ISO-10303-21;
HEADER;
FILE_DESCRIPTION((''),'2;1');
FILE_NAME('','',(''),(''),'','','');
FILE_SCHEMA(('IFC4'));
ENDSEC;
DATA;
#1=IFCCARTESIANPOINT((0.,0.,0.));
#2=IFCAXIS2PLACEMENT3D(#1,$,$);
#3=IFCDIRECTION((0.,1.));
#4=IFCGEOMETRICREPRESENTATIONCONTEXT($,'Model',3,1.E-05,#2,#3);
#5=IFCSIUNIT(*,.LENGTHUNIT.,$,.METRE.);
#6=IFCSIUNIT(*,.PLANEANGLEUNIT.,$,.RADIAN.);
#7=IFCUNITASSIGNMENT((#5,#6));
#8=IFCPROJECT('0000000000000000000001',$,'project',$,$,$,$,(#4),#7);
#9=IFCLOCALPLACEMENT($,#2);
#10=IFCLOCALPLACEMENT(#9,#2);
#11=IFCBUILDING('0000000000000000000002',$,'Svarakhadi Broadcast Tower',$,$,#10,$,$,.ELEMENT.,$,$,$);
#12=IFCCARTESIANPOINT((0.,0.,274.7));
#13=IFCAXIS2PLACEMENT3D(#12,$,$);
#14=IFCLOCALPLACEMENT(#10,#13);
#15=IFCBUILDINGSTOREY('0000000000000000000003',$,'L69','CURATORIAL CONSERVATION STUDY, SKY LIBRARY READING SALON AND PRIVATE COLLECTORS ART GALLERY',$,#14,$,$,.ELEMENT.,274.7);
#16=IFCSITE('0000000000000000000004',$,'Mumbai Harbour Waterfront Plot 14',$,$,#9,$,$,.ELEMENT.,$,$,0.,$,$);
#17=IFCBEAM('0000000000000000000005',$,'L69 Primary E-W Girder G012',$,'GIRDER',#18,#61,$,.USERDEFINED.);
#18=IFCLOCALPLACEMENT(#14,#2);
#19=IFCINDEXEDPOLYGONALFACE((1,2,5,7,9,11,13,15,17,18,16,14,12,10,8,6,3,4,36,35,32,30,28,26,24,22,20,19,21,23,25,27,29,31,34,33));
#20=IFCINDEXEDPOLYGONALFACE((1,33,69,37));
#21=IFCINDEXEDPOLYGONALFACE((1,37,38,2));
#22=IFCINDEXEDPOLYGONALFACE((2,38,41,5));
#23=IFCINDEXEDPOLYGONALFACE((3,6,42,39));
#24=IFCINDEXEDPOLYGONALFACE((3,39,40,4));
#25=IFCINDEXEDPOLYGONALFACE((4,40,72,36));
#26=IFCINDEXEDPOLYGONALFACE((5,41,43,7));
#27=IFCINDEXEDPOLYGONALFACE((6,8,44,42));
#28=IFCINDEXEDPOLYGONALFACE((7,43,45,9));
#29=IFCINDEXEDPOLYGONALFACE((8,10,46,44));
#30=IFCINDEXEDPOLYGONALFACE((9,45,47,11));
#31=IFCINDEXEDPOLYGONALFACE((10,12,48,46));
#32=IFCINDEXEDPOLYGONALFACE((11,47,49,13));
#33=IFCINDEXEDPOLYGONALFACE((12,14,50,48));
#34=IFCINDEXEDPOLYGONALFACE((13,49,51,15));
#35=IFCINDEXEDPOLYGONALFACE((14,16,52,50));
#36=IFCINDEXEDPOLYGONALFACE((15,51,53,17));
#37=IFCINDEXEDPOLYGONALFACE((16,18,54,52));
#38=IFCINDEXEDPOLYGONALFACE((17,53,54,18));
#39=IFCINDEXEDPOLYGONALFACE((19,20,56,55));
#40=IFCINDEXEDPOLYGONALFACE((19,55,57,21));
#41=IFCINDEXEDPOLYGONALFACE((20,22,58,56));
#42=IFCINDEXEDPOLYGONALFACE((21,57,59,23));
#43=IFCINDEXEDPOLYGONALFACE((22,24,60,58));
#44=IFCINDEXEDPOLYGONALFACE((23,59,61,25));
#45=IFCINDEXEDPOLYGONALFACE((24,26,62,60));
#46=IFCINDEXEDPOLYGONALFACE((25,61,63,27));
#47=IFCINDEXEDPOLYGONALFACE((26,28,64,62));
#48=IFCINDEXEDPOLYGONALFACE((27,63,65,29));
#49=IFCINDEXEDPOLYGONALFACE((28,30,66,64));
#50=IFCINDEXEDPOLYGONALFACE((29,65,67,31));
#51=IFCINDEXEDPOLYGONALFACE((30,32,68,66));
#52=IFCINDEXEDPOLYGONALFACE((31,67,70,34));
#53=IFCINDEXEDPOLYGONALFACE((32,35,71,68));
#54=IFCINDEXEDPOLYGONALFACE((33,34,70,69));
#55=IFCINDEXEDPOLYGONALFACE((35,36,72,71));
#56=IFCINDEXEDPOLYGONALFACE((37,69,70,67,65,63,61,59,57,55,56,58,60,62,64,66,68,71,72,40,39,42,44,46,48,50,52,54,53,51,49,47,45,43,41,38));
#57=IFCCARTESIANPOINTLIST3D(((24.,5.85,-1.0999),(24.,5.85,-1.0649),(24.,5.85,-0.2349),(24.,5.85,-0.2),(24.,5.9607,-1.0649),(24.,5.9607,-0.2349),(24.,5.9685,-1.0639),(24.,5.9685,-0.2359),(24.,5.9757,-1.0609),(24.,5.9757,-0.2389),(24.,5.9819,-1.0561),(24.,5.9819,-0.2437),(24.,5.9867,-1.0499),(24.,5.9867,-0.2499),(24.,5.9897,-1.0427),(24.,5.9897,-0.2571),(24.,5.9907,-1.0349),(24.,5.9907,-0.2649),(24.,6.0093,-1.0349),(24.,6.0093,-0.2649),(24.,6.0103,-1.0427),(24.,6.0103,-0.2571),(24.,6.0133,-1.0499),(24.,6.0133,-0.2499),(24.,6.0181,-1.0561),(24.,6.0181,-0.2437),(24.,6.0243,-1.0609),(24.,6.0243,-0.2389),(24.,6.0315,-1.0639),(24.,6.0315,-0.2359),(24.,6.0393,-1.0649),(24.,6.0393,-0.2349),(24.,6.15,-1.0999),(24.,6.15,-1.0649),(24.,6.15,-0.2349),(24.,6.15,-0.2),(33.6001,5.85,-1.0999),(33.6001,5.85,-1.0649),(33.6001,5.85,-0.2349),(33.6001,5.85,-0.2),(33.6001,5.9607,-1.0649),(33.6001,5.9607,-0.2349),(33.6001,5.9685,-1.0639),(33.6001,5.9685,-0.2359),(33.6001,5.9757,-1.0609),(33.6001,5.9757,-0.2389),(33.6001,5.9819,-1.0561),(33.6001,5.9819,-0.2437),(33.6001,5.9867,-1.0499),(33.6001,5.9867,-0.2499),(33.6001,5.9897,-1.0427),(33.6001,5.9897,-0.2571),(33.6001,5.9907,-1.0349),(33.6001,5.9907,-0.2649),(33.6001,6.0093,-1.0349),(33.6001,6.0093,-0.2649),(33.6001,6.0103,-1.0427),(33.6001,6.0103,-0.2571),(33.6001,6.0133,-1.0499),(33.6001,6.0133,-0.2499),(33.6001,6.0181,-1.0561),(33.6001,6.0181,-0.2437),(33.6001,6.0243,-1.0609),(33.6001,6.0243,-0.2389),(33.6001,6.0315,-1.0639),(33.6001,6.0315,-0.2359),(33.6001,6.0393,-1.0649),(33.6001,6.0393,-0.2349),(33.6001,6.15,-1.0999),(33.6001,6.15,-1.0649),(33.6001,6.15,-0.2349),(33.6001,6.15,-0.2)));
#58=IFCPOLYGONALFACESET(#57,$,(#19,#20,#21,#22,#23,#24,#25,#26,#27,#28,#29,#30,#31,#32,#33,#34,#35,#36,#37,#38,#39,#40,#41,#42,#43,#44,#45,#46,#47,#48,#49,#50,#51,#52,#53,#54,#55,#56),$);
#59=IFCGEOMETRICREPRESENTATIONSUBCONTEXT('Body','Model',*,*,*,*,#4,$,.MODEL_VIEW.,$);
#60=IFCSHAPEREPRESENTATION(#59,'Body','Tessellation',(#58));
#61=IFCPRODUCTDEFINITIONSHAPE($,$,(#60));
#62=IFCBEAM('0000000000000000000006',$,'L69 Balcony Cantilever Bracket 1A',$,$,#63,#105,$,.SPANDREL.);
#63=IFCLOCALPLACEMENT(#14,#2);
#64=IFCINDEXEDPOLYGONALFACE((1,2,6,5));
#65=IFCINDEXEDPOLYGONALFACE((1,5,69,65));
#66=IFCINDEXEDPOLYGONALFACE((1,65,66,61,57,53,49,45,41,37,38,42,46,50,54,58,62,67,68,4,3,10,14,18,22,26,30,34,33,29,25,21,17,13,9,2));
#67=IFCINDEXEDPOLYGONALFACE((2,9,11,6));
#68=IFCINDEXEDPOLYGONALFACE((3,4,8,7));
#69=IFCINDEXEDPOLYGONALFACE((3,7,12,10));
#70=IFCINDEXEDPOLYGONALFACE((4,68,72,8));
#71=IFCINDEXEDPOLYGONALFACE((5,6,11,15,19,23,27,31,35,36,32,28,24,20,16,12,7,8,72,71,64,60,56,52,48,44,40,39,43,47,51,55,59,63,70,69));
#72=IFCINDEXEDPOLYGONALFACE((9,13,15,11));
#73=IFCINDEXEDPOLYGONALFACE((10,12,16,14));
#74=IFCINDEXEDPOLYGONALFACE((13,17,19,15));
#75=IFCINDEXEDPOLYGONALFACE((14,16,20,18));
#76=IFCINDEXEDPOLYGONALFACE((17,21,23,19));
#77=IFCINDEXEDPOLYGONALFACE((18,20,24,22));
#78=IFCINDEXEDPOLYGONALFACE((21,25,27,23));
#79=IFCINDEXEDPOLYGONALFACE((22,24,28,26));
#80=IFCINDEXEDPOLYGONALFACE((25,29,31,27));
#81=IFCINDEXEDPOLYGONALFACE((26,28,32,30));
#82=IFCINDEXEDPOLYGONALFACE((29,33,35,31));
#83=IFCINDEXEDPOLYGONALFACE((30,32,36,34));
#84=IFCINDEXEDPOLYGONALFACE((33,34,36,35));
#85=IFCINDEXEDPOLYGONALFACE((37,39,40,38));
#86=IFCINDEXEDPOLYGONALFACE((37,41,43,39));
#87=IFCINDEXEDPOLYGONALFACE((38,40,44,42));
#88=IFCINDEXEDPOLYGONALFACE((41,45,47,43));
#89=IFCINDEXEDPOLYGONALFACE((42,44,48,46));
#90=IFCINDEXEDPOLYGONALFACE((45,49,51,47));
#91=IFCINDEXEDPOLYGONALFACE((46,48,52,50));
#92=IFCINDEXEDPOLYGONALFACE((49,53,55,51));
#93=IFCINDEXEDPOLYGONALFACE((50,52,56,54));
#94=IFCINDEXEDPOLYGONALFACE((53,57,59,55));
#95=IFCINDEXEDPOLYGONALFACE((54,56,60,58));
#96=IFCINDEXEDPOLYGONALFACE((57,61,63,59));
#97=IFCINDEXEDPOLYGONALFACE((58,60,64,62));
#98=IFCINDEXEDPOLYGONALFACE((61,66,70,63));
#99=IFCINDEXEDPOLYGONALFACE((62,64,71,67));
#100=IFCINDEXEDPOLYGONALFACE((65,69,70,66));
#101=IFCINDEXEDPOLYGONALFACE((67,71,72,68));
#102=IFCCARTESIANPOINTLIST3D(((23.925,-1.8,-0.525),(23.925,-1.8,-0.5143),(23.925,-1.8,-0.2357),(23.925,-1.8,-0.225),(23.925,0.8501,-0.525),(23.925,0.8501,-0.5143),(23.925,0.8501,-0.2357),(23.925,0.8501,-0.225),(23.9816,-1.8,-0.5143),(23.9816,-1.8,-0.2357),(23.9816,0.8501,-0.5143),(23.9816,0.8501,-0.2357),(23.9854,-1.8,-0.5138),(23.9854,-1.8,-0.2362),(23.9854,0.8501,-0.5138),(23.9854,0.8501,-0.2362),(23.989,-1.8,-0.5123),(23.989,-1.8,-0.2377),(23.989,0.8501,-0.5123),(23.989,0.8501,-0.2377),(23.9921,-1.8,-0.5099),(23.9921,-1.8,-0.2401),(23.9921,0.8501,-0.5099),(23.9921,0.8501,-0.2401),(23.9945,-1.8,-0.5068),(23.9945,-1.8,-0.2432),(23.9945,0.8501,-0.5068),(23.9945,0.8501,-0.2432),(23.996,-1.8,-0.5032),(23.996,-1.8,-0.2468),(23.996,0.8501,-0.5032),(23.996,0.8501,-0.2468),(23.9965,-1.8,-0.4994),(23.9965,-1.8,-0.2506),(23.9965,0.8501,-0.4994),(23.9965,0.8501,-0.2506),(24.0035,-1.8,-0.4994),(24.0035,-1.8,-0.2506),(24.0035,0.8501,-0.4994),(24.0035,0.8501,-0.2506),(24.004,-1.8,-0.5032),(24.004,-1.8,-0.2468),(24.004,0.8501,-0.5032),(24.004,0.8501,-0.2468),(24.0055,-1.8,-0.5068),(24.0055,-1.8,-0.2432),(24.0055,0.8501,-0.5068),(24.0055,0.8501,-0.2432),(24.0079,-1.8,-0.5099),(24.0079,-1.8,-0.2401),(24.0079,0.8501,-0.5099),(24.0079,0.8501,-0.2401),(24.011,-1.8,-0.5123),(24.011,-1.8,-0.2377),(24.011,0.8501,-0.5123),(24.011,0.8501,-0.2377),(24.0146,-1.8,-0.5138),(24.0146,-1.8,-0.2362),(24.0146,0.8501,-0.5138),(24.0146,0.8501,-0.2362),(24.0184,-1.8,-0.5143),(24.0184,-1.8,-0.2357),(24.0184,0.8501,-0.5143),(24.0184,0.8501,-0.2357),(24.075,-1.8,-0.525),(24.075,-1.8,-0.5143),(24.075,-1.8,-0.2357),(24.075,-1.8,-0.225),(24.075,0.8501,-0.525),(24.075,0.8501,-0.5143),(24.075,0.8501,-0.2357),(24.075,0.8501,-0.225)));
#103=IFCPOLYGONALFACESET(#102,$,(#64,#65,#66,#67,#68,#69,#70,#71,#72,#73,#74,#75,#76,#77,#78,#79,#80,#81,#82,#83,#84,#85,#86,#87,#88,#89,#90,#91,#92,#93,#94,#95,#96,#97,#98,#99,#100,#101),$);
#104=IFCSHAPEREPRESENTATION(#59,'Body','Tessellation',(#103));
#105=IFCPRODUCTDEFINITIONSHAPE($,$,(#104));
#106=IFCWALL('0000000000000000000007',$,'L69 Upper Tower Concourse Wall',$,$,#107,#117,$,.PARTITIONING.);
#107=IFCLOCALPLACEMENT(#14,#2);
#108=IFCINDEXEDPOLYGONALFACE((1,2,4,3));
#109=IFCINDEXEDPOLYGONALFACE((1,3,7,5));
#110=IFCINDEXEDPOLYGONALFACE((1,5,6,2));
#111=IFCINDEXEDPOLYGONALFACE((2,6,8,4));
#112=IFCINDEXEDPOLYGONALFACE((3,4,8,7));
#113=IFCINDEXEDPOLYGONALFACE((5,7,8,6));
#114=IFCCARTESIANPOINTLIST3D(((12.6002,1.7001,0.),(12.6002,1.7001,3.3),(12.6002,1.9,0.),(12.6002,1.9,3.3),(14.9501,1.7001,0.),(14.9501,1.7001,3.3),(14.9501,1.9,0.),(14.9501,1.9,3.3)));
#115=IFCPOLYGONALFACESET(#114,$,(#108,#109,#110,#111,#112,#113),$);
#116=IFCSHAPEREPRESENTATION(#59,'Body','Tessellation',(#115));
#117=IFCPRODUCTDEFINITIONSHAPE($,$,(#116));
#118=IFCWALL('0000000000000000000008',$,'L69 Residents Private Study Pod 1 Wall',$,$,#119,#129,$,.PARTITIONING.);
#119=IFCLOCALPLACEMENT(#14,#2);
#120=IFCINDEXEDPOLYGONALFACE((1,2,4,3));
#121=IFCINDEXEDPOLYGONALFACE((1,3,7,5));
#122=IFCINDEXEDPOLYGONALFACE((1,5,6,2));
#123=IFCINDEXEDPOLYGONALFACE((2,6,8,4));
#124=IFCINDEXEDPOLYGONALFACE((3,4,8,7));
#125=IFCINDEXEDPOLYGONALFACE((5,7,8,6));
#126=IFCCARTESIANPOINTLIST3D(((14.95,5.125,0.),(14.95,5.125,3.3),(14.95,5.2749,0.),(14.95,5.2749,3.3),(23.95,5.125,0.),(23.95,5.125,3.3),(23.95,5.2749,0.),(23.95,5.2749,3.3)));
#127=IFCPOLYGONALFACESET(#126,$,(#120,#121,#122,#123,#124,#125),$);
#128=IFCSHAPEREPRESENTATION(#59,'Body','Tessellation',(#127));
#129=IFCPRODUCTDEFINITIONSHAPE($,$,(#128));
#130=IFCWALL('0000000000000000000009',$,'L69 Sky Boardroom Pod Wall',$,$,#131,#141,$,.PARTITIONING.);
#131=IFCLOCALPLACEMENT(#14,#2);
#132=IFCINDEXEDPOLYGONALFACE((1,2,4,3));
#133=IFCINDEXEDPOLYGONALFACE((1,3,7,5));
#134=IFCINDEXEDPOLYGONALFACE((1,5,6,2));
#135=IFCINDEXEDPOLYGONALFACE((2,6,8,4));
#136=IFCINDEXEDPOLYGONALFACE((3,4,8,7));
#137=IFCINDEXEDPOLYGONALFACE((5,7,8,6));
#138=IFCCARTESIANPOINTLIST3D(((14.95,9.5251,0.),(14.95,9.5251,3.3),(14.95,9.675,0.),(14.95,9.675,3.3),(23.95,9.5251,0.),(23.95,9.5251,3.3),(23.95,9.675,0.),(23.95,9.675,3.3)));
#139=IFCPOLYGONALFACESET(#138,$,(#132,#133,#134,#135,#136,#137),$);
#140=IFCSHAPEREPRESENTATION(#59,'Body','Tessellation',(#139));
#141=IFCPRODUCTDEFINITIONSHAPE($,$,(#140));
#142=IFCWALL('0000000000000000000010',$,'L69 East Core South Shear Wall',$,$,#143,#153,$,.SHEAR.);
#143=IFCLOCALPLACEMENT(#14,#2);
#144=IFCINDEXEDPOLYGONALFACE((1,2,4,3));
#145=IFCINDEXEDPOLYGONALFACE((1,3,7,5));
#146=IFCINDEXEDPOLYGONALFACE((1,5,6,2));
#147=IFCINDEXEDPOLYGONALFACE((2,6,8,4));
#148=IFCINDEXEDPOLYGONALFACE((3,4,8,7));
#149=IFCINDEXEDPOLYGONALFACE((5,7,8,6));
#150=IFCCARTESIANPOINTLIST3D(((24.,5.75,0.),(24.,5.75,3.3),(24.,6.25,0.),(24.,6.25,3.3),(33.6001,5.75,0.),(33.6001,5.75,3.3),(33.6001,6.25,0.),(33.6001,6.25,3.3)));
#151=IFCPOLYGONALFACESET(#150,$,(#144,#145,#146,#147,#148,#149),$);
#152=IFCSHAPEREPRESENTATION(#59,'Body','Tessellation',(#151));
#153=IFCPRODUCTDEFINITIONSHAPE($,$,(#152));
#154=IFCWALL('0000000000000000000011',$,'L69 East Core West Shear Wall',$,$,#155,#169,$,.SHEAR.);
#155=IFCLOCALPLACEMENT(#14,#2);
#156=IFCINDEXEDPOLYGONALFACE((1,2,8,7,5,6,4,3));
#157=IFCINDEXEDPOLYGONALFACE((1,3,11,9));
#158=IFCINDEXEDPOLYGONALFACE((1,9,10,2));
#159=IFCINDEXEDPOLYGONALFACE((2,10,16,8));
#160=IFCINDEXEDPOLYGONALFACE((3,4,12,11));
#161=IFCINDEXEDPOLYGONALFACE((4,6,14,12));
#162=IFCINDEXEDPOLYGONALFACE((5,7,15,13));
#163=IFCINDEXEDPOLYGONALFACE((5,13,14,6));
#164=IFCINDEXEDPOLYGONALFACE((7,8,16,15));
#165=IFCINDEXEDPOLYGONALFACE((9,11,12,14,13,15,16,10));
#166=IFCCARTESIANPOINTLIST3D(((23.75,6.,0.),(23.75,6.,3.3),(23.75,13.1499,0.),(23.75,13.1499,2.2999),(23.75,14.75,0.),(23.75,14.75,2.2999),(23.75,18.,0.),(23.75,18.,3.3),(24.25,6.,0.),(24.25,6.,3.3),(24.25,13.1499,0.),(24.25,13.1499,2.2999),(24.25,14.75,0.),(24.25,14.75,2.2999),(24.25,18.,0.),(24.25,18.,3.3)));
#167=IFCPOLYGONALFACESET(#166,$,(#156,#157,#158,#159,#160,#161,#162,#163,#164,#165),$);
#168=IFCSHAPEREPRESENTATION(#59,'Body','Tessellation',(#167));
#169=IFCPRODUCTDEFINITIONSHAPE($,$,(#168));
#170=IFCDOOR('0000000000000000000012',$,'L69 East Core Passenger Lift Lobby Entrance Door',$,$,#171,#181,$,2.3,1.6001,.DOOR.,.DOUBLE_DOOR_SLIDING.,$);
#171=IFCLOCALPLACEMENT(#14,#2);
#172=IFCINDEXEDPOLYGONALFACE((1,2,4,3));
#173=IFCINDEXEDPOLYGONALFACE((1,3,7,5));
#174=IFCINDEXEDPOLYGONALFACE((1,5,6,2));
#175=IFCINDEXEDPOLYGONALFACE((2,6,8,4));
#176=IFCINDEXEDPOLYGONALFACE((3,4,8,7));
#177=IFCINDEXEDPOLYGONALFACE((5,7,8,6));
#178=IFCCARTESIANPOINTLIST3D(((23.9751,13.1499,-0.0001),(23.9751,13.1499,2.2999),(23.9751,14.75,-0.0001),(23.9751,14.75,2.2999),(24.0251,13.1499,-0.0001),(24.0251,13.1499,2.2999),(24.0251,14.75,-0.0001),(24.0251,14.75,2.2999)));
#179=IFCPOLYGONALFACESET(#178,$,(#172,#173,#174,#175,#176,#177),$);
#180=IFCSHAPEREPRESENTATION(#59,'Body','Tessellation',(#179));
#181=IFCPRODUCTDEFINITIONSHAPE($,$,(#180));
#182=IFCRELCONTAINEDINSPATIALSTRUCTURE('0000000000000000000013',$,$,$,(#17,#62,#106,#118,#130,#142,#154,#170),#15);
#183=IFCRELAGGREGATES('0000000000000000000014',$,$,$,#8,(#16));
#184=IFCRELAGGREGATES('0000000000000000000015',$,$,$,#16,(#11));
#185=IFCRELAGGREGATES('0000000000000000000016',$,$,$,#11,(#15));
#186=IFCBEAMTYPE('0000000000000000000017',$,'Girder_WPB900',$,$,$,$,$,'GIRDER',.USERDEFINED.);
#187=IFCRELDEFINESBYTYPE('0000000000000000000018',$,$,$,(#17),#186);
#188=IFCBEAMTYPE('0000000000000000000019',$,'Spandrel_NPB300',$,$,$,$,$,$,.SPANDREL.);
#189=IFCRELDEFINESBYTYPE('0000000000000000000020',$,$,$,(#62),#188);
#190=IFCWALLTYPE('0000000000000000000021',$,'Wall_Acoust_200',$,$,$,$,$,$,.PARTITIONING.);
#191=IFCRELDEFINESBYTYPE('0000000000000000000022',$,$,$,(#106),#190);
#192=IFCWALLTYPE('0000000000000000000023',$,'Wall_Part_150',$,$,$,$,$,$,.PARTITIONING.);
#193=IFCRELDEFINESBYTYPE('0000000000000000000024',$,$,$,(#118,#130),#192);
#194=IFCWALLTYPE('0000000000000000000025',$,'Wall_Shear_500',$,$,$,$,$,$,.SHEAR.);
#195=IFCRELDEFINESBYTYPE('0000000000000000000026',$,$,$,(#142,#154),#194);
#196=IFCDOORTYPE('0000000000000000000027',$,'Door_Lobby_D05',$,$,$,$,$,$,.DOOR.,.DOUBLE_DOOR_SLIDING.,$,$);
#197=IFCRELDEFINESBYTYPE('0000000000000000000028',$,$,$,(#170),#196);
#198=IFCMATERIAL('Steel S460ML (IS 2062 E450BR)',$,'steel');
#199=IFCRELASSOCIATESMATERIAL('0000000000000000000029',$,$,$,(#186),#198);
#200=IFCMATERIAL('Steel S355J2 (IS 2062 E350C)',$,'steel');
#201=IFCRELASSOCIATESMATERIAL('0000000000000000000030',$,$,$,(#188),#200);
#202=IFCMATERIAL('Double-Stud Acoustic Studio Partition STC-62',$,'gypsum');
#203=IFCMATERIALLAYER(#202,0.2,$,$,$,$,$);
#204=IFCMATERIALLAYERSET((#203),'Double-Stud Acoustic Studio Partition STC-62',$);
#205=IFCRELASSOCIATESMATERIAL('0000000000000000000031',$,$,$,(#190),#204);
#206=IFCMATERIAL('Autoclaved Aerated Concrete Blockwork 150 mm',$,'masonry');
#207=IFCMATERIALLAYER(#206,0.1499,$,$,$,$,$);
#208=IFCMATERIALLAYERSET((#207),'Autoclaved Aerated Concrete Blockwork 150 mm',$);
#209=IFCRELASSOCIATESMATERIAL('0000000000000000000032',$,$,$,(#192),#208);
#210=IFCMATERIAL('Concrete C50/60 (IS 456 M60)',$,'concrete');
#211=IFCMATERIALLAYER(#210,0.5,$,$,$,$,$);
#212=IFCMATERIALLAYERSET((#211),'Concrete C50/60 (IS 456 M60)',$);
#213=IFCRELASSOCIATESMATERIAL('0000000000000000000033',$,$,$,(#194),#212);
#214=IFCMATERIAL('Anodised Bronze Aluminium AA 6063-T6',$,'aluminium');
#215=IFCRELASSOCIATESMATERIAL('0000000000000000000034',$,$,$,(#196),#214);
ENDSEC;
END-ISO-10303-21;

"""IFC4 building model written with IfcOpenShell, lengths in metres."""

from ifc_helpers import new_model, si_unit, direction, frame, frame_2d, origin, origin_2d, place, context, subcontext, project, spatial, rectangle, i_section, extrude, material, layer, layer_set, material_profile, profile_set, type_object, element, fill, save


model = new_model("IFC4")

# Units and contexts
model_context = context("Model", 3, precision=1e-05, world=origin(), true_north=direction((0.0, 1.0)))
body_context = subcontext(model_context, "Body", "Model", "MODEL_VIEW")
ifc_project = project(units=[si_unit("LENGTHUNIT", "METRE"), si_unit("PLANEANGLEUNIT", "RADIAN")], contexts=[model_context])

# Site, building, storey
site_placement = place(None, origin())
site = spatial("IfcSite", under=ifc_project, at=site_placement, Name="Mumbai Harbour Waterfront Plot 14", CompositionType="ELEMENT", RefElevation=0.0)
building_placement = place(site_placement, origin())
building = spatial("IfcBuilding", under=site, at=building_placement, Name="Svarakhadi Broadcast Tower", CompositionType="ELEMENT")
storey_placement = place(building_placement, frame((0.0, 0.0, 274.7)))
storey = spatial("IfcBuildingStorey", under=building, at=storey_placement, Name="L69", Description="CURATORIAL CONSERVATION STUDY, SKY LIBRARY READING SALON AND PRIVATE COLLECTORS ART GALLERY", CompositionType="ELEMENT", Elevation=274.7)

# Shared definitions
ifc_material_1 = material(Name="Concrete C50/60 (IS 456 M60)", Category="concrete")
ifc_material_2 = material(Name="Steel S460ML (IS 2062 E450BR)", Category="steel")

# Beams
ifc_material_3 = material(Name="Steel S355J2 (IS 2062 E350C)", Category="steel")
ifc_material_profile_1 = material_profile(ifc_material_2, i_section(OverallWidth=0.3, OverallDepth=0.8999, WebThickness=0.0186, FlangeThickness=0.0349, FilletRadius=0.03, at=origin_2d()), Name="WPB 900x300x291")
ifc_profile_set_1 = profile_set([ifc_material_profile_1], Name="Steel S460ML (IS 2062 E450BR)")
beam_type_1 = type_object("IfcBeamType", Name="Girder_WPB900", ElementType="GIRDER", PredefinedType="USERDEFINED", material=ifc_profile_set_1)
beam_1_placement = place(storey_placement, frame((24.0, 6.0, -0.6499), z_axis=(1.0, 0.0, 0.0), x_axis=(0.0, 1.0, 0.0)))
element("IfcBeam", 1, at=beam_1_placement, inside=storey, type_object=beam_type_1, Name="L69 Primary E-W Girder G012", ObjectType="GIRDER", PredefinedType="USERDEFINED", context=body_context, shape_type="SweptSolid", body=[
    extrude(i_section(OverallWidth=0.3, OverallDepth=0.8999, WebThickness=0.0186, FlangeThickness=0.0349, FilletRadius=0.03, at=origin_2d()), origin(), (0.0, 0.0, 1.0), 9.6001),
])
ifc_material_profile_2 = material_profile(ifc_material_3, i_section(OverallWidth=0.1499, OverallDepth=0.3, WebThickness=0.0071, FlangeThickness=0.0107, FilletRadius=0.0149, at=origin_2d()), Name="NPB 300x150x37")
ifc_profile_set_2 = profile_set([ifc_material_profile_2], Name="Steel S355J2 (IS 2062 E350C)")
beam_type_2 = type_object("IfcBeamType", Name="Spandrel_NPB300", PredefinedType="SPANDREL", material=ifc_profile_set_2)
beam_2_placement = place(storey_placement, frame((24.0, 0.8501, -0.375), z_axis=(0.0, -1.0, 0.0), x_axis=(1.0, 0.0, 0.0)))
element("IfcBeam", 2, at=beam_2_placement, inside=storey, type_object=beam_type_2, Name="L69 Balcony Cantilever Bracket 1A", PredefinedType="SPANDREL", context=body_context, shape_type="SweptSolid", body=[
    extrude(i_section(OverallWidth=0.1499, OverallDepth=0.3, WebThickness=0.0071, FlangeThickness=0.0107, FilletRadius=0.0149, at=origin_2d()), origin(), (0.0, 0.0, 1.0), 2.6501),
])

# Walls
ifc_material_4 = material(Name="Double-Stud Acoustic Studio Partition STC-62", Category="gypsum")
ifc_layer_1 = layer(ifc_material_4, 0.2)
ifc_layer_set_1 = layer_set([ifc_layer_1], Name="Double-Stud Acoustic Studio Partition STC-62")
wall_type_1 = type_object("IfcWallType", Name="Wall_Acoust_200", PredefinedType="PARTITIONING", material=ifc_layer_set_1)
wall_1_placement = place(storey_placement, frame((14.95, 1.8, 0.0), z_axis=(0.0, 0.0, 1.0), x_axis=(-1.0, 0.0, 0.0)))
element("IfcWall", 3, at=wall_1_placement, inside=storey, type_object=wall_type_1, Name="L69 Upper Tower Concourse Wall", PredefinedType="PARTITIONING", context=body_context, shape_type="SweptSolid", body=[
    extrude(rectangle(XDim=2.3499, YDim=0.2, at=frame_2d((1.1748, 0.0))), origin(), (0.0, 0.0, 1.0), 3.3),
])
ifc_material_5 = material(Name="Autoclaved Aerated Concrete Blockwork 150 mm", Category="masonry")
ifc_layer_2 = layer(ifc_material_5, 0.1499)
ifc_layer_set_2 = layer_set([ifc_layer_2], Name="Autoclaved Aerated Concrete Blockwork 150 mm")
wall_type_2 = type_object("IfcWallType", Name="Wall_Part_150", PredefinedType="PARTITIONING", material=ifc_layer_set_2)
for number, where, z_axis, x_axis, name in (
    (4, (14.95, 5.2, 0.0), (0.0, 0.0, 1.0), (1.0, 0.0, 0.0), "L69 Residents Private Study Pod 1 Wall"),
    (5, (14.95, 9.6001, 0.0), (0.0, 0.0, 1.0), (1.0, 0.0, 0.0), "L69 Sky Boardroom Pod Wall"),
):
    element("IfcWall", number, at=place(storey_placement, frame(where, z_axis=z_axis, x_axis=x_axis)), inside=storey, type_object=wall_type_2, Name=name, PredefinedType="PARTITIONING", context=body_context, shape_type="SweptSolid", body=[
        extrude(rectangle(XDim=9.0, YDim=0.1499, at=frame_2d((4.5, 0.0))), origin(), (0.0, 0.0, 1.0), 3.3),
    ])
ifc_layer_3 = layer(ifc_material_1, 0.5)
ifc_layer_set_3 = layer_set([ifc_layer_3], Name="Concrete C50/60 (IS 456 M60)")
wall_type_3 = type_object("IfcWallType", Name="Wall_Shear_500", PredefinedType="SHEAR", material=ifc_layer_set_3)
wall_2_placement = place(storey_placement, frame((24.0, 6.0, 0.0), z_axis=(0.0, 0.0, 1.0), x_axis=(1.0, 0.0, 0.0)))
element("IfcWall", 6, at=wall_2_placement, inside=storey, type_object=wall_type_3, Name="L69 East Core South Shear Wall", PredefinedType="SHEAR", context=body_context, shape_type="SweptSolid", body=[
    extrude(rectangle(XDim=9.6001, YDim=0.5, at=frame_2d((4.8, 0.0))), origin(), (0.0, 0.0, 1.0), 3.3),
])

# Wall, opening, door
wall_3_placement = place(storey_placement, frame((24.0, 6.0, 0.0), z_axis=(0.0, 0.0, 1.0), x_axis=(0.0, 1.0, 0.0)))
wall_3 = element("IfcWall", 7, at=wall_3_placement, inside=storey, type_object=wall_type_3, Name="L69 East Core West Shear Wall", PredefinedType="SHEAR", context=body_context, shape_type="SweptSolid", body=[
    extrude(rectangle(XDim=12.0, YDim=0.5, at=frame_2d((6.0, 0.0))), origin(), (0.0, 0.0, 1.0), 3.3),
])
opening_placement = place(wall_3_placement, frame((7.1499, 0.0, 0.0)))
opening = element("IfcOpeningElement", 8, at=opening_placement, cuts=wall_3, PredefinedType="OPENING", context=body_context, shape_type="SweptSolid", body=[
    extrude(rectangle(XDim=1.6001, YDim=2.3, at=frame_2d((0.8, 1.1499))), frame((0.0, 0.26, 0.0), z_axis=(0.0, -1.0, 0.0), x_axis=(1.0, 0.0, 0.0)), (0.0, 0.0, 1.0), 0.52),
])
ifc_material_6 = material(Name="Anodised Bronze Aluminium AA 6063-T6", Category="aluminium")
door_type = type_object("IfcDoorType", Name="Door_Lobby_D05", OperationType="DOUBLE_DOOR_SLIDING", PredefinedType="DOOR", material=ifc_material_6)
door_placement = place(opening_placement, origin())
door = element("IfcDoor", 9, at=door_placement, inside=storey, type_object=door_type, Name="L69 East Core Passenger Lift Lobby Entrance Door", OperationType="DOUBLE_DOOR_SLIDING", OverallHeight=2.3, OverallWidth=1.6001, PredefinedType="DOOR", context=body_context, shape_type="SweptSolid", body=[
    extrude(rectangle(XDim=1.6001, YDim=2.3, at=frame_2d((0.8, 1.1499))), frame((0.0, 0.0249, 0.0), z_axis=(0.0, -1.0, 0.0), x_axis=(1.0, 0.0, 0.0)), (0.0, 0.0, 1.0), 0.05),
])
fill(opening, door)

save(model, "model.ifc")
